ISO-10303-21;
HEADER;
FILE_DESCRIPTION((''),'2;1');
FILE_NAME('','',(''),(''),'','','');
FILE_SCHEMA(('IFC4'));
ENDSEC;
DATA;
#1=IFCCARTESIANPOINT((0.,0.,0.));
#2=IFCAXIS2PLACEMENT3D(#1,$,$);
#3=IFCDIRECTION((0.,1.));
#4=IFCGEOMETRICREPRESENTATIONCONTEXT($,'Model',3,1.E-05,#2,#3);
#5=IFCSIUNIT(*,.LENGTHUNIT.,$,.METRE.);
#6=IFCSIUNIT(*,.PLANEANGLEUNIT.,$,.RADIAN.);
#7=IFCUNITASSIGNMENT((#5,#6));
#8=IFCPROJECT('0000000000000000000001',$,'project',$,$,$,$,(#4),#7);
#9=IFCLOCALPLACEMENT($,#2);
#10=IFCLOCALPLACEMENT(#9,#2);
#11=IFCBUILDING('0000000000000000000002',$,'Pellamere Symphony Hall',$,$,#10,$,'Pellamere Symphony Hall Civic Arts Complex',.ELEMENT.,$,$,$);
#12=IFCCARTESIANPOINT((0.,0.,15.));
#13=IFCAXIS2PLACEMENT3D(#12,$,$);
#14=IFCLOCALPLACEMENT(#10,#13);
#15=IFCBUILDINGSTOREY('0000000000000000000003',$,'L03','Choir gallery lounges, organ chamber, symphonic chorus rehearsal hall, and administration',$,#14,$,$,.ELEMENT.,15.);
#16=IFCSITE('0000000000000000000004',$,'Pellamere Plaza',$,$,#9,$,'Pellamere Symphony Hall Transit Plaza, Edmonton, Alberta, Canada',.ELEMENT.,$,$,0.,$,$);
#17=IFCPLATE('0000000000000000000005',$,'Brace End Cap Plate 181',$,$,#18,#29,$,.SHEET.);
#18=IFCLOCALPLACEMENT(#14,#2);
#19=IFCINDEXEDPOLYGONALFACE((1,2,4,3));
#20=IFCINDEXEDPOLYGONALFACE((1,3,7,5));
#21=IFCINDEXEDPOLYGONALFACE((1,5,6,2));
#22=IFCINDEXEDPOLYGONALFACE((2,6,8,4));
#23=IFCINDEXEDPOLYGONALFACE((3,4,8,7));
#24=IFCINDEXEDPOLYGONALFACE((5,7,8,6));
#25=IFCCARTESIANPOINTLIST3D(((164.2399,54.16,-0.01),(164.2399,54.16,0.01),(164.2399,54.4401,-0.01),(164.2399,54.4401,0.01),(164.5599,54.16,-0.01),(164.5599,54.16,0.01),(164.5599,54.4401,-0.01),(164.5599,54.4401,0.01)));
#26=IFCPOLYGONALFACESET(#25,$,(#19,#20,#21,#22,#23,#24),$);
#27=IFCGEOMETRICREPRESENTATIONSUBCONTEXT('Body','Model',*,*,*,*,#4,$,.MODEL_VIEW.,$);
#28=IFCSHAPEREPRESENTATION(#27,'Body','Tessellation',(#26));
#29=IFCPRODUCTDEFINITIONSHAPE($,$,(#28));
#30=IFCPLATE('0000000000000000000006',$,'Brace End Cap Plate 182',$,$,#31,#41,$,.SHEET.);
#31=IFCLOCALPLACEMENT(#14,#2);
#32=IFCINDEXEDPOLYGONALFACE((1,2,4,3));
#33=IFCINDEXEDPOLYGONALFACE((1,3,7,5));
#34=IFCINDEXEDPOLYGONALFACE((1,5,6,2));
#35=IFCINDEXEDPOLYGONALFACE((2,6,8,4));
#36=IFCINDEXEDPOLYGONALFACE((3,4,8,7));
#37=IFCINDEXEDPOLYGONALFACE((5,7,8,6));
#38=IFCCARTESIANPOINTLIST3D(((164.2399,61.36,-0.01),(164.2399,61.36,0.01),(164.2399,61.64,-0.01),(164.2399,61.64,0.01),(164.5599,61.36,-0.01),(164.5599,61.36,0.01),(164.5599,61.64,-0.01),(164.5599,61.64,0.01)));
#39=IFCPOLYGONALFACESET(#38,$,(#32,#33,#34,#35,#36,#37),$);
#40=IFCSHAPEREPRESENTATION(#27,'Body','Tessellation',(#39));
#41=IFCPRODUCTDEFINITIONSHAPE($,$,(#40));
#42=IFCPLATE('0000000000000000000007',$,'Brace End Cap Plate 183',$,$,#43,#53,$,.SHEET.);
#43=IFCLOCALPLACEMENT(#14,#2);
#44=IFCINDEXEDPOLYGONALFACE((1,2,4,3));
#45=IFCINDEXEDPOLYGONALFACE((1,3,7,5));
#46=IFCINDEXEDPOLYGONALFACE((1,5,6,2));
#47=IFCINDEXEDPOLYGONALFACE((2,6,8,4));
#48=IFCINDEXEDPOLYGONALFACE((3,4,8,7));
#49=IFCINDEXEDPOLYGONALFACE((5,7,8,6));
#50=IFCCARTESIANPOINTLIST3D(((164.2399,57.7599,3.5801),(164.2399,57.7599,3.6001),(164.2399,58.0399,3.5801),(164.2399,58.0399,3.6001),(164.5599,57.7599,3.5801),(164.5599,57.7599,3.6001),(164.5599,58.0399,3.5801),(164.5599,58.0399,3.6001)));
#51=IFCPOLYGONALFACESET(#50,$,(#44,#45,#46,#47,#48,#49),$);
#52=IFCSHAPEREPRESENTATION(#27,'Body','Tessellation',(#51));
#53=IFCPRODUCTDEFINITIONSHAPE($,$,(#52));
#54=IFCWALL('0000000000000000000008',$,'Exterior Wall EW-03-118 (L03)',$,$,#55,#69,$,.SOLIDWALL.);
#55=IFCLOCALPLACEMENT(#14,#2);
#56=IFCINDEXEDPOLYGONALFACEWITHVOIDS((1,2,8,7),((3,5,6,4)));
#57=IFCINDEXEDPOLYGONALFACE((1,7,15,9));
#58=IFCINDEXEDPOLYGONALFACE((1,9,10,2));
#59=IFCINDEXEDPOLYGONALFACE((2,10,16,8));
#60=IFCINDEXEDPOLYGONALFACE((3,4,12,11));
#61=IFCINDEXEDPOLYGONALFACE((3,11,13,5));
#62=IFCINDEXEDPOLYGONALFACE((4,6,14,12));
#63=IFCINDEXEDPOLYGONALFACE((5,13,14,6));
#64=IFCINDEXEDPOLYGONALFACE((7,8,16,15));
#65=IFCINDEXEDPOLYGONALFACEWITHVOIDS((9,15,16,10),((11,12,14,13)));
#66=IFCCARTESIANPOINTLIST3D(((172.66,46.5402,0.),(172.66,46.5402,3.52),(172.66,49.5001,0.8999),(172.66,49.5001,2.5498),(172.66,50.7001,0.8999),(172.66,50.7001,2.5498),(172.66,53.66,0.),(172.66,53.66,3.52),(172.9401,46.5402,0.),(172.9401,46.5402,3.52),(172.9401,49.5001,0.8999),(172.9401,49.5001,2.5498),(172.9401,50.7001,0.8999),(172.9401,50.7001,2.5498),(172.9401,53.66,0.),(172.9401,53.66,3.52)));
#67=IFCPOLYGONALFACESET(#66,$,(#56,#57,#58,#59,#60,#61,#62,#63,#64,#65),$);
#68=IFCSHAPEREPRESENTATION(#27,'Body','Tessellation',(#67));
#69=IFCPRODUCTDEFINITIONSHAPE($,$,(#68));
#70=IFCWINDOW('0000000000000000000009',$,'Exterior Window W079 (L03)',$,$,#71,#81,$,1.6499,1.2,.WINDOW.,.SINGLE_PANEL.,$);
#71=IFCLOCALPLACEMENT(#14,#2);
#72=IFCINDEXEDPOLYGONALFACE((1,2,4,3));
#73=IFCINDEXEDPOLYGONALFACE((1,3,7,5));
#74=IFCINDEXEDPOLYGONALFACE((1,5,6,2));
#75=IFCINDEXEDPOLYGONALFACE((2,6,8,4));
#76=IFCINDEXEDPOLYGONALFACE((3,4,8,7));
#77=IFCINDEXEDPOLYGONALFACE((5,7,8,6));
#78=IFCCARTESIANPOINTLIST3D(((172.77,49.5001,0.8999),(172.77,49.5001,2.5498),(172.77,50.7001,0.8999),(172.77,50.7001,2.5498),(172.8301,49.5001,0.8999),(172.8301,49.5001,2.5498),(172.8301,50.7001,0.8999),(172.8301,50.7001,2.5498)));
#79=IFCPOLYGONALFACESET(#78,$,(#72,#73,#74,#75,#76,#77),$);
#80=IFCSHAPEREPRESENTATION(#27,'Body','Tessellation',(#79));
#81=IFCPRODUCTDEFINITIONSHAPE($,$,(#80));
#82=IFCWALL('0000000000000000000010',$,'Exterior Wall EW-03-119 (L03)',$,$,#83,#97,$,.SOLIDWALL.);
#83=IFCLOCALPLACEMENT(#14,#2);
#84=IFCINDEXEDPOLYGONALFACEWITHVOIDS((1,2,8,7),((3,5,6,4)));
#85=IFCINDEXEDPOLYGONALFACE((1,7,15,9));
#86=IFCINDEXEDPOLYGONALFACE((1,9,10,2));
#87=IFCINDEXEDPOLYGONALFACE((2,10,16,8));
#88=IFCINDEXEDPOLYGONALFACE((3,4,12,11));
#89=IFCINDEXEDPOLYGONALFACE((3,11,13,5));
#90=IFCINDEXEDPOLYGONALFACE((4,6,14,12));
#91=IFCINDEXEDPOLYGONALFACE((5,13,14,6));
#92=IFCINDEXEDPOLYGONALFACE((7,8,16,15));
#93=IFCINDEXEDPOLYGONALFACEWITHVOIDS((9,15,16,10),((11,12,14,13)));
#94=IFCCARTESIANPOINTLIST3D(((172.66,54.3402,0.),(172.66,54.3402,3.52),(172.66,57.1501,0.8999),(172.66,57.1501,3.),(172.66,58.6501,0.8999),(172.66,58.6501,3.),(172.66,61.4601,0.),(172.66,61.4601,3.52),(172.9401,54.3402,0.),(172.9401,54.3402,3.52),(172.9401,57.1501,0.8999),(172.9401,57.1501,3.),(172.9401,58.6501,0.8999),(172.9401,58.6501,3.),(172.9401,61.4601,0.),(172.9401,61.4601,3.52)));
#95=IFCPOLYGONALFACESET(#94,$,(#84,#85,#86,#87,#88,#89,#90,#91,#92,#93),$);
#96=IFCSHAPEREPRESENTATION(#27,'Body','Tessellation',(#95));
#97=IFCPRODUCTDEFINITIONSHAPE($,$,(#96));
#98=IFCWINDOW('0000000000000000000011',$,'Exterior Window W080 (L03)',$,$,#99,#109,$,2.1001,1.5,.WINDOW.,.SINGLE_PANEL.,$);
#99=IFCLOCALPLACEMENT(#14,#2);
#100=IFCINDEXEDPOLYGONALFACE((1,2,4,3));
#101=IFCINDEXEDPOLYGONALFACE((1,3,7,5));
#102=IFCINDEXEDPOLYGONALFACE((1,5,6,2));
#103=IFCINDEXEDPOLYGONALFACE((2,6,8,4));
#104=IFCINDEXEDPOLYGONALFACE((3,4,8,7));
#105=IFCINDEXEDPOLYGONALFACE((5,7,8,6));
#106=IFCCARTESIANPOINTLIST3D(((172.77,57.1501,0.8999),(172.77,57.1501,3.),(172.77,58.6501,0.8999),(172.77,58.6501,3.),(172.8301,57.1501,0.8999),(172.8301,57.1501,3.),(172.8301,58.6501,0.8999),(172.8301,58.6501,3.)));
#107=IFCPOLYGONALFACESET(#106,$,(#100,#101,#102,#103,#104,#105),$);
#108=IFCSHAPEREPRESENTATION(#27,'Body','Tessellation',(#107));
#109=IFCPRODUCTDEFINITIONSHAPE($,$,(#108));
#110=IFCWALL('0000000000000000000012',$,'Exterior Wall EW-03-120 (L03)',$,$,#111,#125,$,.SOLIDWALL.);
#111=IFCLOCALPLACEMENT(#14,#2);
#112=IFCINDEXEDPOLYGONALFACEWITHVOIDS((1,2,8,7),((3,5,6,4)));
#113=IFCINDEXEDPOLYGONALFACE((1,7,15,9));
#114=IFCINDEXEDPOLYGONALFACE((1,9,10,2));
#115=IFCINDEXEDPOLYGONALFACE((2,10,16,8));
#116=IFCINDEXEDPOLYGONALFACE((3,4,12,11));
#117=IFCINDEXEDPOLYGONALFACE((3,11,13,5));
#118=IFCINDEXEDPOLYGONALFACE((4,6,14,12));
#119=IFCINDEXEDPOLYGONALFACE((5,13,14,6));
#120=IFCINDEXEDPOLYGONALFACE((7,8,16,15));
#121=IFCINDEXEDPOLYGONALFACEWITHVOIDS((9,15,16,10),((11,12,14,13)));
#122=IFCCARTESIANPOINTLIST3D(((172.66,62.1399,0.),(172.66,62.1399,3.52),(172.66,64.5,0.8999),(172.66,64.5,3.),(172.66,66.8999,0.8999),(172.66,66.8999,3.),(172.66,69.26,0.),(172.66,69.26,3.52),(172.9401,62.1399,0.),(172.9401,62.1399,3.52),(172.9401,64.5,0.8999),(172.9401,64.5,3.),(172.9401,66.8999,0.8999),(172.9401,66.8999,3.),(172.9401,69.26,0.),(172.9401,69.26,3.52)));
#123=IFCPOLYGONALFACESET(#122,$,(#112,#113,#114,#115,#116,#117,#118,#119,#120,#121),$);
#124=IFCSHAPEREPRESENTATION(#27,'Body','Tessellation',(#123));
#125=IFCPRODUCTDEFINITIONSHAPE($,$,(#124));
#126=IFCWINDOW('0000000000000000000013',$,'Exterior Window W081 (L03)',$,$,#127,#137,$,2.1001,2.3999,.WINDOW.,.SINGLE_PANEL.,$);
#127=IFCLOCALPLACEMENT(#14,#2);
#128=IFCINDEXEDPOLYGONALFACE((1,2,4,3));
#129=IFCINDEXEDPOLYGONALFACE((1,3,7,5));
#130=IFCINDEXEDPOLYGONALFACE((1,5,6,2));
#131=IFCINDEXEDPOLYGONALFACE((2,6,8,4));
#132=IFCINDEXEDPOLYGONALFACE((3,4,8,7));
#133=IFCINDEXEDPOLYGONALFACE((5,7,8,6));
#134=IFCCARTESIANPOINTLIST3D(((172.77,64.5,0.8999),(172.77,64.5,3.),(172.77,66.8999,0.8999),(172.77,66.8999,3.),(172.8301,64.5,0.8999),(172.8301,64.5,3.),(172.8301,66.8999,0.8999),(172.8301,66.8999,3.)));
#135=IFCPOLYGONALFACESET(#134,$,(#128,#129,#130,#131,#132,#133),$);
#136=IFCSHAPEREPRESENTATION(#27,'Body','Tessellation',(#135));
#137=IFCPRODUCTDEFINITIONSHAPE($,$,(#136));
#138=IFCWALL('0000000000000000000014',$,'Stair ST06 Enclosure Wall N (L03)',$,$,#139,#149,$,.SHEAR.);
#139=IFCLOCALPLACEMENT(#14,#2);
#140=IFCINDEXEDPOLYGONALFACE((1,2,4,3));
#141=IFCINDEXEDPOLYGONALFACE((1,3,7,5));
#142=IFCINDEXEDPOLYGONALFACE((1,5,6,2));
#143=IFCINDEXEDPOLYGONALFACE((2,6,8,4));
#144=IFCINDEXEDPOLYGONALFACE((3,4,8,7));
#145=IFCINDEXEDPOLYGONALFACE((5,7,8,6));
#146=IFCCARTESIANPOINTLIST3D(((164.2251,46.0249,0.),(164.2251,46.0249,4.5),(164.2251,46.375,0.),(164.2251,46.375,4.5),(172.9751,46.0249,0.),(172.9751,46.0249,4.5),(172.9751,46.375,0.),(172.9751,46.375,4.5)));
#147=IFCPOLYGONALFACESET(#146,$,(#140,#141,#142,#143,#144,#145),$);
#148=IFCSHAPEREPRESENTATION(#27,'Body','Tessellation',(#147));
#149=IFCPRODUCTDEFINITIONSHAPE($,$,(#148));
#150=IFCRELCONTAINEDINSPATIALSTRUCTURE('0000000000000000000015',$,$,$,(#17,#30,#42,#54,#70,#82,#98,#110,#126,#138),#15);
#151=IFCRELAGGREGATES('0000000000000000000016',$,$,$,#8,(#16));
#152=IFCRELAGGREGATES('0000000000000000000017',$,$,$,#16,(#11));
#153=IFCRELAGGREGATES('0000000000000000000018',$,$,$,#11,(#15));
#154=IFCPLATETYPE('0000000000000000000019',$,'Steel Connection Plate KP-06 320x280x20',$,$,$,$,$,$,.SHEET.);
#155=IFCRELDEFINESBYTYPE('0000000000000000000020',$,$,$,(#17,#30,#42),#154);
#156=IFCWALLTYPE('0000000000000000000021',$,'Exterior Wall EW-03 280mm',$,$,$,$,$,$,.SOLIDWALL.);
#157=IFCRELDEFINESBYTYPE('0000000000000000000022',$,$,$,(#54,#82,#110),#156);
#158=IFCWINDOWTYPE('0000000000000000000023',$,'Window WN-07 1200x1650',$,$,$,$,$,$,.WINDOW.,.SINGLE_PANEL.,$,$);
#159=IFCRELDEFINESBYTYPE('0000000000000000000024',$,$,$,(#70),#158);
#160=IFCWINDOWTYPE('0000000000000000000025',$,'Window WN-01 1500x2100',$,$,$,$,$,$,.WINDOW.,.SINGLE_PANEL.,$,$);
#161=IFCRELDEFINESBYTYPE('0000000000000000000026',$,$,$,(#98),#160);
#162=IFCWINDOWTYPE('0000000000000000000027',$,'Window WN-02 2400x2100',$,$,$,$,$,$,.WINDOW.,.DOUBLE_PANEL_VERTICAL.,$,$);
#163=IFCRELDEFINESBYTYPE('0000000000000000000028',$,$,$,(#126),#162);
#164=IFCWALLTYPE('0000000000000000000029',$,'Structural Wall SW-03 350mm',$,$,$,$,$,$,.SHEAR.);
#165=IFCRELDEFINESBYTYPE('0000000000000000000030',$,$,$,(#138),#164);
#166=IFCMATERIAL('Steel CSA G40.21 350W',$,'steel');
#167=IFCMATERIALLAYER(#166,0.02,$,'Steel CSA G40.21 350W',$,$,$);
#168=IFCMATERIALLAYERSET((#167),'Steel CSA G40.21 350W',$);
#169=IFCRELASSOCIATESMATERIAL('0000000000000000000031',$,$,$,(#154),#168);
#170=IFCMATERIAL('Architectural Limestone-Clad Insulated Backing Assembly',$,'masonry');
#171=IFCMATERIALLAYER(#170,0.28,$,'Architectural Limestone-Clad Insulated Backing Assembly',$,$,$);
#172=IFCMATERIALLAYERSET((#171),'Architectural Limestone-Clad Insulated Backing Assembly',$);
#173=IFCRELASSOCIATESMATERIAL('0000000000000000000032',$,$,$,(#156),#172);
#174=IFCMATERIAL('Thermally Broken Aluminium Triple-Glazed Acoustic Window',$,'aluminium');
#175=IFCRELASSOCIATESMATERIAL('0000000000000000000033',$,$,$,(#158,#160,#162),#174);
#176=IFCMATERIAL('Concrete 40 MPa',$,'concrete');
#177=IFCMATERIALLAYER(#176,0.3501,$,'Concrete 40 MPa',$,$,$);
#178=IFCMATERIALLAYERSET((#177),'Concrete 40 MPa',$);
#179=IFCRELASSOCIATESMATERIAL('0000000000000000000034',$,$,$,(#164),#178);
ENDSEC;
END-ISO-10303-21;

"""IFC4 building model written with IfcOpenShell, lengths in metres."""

from ifc_helpers import new_model, si_unit, direction, frame, frame_2d, origin, origin_2d, place, context, subcontext, project, spatial, rectangle, extrude, material, layer, layer_set, type_object, element, fill, save


model = new_model("IFC4")

# Units and contexts
model_context = context("Model", 3, precision=1e-05, world=origin(), true_north=direction((0.0, 1.0)))
body_context = subcontext(model_context, "Body", "Model", "MODEL_VIEW")
ifc_project = project(units=[si_unit("LENGTHUNIT", "METRE"), si_unit("PLANEANGLEUNIT", "RADIAN")], contexts=[model_context])

# Site, building, storey
site_placement = place(None, origin())
site = spatial("IfcSite", under=ifc_project, at=site_placement, Name="Pellamere Plaza", LongName="Pellamere Symphony Hall Transit Plaza, Edmonton, Alberta, Canada", CompositionType="ELEMENT", RefElevation=0.0)
building_placement = place(site_placement, origin())
building = spatial("IfcBuilding", under=site, at=building_placement, Name="Pellamere Symphony Hall", LongName="Pellamere Symphony Hall Civic Arts Complex", CompositionType="ELEMENT")
storey_placement = place(building_placement, frame((0.0, 0.0, 15.0)))
storey = spatial("IfcBuildingStorey", under=building, at=storey_placement, Name="L03", Description="Choir gallery lounges, organ chamber, symphonic chorus rehearsal hall, and administration", CompositionType="ELEMENT", Elevation=15.0)

# Shared definitions
ifc_material_1 = material(Name="Concrete 40 MPa", Category="concrete")

# Shared definitions
ifc_material_2 = material(Name="Steel CSA G40.21 350W", Category="steel")

# Plates
ifc_layer_1 = layer(ifc_material_2, 0.02, Name="Steel CSA G40.21 350W")
ifc_layer_set_1 = layer_set([ifc_layer_1], Name="Steel CSA G40.21 350W")
plate_type = type_object("IfcPlateType", Name="Steel Connection Plate KP-06 320x280x20", PredefinedType="SHEET", material=ifc_layer_set_1)
for number, where, z_axis, x_axis, name in (
    (1, (164.3999, 54.3, -0.01), (0.0, 0.0, 1.0), (1.0, 0.0, 0.0), "Brace End Cap Plate 181"),
    (2, (164.3999, 61.5, -0.01), (0.0, 0.0, 1.0), (1.0, 0.0, 0.0), "Brace End Cap Plate 182"),
    (3, (164.3999, 57.8999, 3.5801), (0.0, 0.0, 1.0), (1.0, 0.0, 0.0), "Brace End Cap Plate 183"),
):
    element("IfcPlate", number, at=place(storey_placement, frame(where, z_axis=z_axis, x_axis=x_axis)), inside=storey, type_object=plate_type, Name=name, PredefinedType="SHEET", context=body_context, shape_type="SweptSolid", body=[
        extrude(rectangle(XDim=0.3201, YDim=0.28, at=origin_2d()), origin(), (0.0, 0.0, 1.0), 0.02),
    ])

# Walls, openings, windows
ifc_material_3 = material(Name="Architectural Limestone-Clad Insulated Backing Assembly", Category="masonry")
ifc_layer_2 = layer(ifc_material_3, 0.28, Name="Architectural Limestone-Clad Insulated Backing Assembly")
ifc_layer_set_2 = layer_set([ifc_layer_2], Name="Architectural Limestone-Clad Insulated Backing Assembly")
wall_type_1 = type_object("IfcWallType", Name="Exterior Wall EW-03 280mm", PredefinedType="SOLIDWALL", material=ifc_layer_set_2)
wall_1_placement = place(storey_placement, frame((172.8, 46.54, 0.0), z_axis=(0.0, 0.0, 1.0), x_axis=(0.0, 1.0, 0.0)))
wall_1 = element("IfcWall", 4, at=wall_1_placement, inside=storey, type_object=wall_type_1, Name="Exterior Wall EW-03-118 (L03)", PredefinedType="SOLIDWALL", context=body_context, shape_type="SweptSolid", body=[
    extrude(rectangle(XDim=7.1199, YDim=0.28, at=frame_2d((3.5601, 0.0))), origin(), (0.0, 0.0, 1.0), 3.52),
])
opening_1_placement = place(wall_1_placement, frame((2.96, 0.0, 0.8999)))
opening_1 = element("IfcOpeningElement", 5, at=opening_1_placement, cuts=wall_1, PredefinedType="OPENING", context=body_context, shape_type="SweptSolid", body=[
    extrude(rectangle(XDim=1.2, YDim=1.6499, at=frame_2d((0.6001, 0.825))), frame((0.0, 0.1499, 0.0), z_axis=(0.0, -1.0, 0.0), x_axis=(1.0, 0.0, 0.0)), (0.0, 0.0, 1.0), 0.3),
])
ifc_material_4 = material(Name="Thermally Broken Aluminium Triple-Glazed Acoustic Window", Category="aluminium")
window_type_1 = type_object("IfcWindowType", Name="Window WN-07 1200x1650", PartitioningType="SINGLE_PANEL", PredefinedType="WINDOW", material=ifc_material_4)
window_1_placement = place(opening_1_placement, origin())
window_1 = element("IfcWindow", 6, at=window_1_placement, inside=storey, type_object=window_type_1, Name="Exterior Window W079 (L03)", OverallHeight=1.6499, OverallWidth=1.2, PartitioningType="SINGLE_PANEL", PredefinedType="WINDOW", context=body_context, shape_type="SweptSolid", body=[
    extrude(rectangle(XDim=1.2, YDim=1.6499, at=frame_2d((0.6001, 0.825))), frame((0.0, 0.03, 0.0), z_axis=(0.0, -1.0, 0.0), x_axis=(1.0, 0.0, 0.0)), (0.0, 0.0, 1.0), 0.0601),
])
fill(opening_1, window_1)
wall_2_placement = place(storey_placement, frame((172.8, 54.3401, 0.0), z_axis=(0.0, 0.0, 1.0), x_axis=(0.0, 1.0, 0.0)))
wall_2 = element("IfcWall", 7, at=wall_2_placement, inside=storey, type_object=wall_type_1, Name="Exterior Wall EW-03-119 (L03)", PredefinedType="SOLIDWALL", context=body_context, shape_type="SweptSolid", body=[
    extrude(rectangle(XDim=7.1199, YDim=0.28, at=frame_2d((3.5601, 0.0))), origin(), (0.0, 0.0, 1.0), 3.52),
])
opening_2_placement = place(wall_2_placement, frame((2.8101, 0.0, 0.8999)))
opening_2 = element("IfcOpeningElement", 8, at=opening_2_placement, cuts=wall_2, PredefinedType="OPENING", context=body_context, shape_type="SweptSolid", body=[
    extrude(rectangle(XDim=1.5, YDim=2.1001, at=frame_2d((0.75, 1.05))), frame((0.0, 0.1499, 0.0), z_axis=(0.0, -1.0, 0.0), x_axis=(1.0, 0.0, 0.0)), (0.0, 0.0, 1.0), 0.3),
])
window_type_2 = type_object("IfcWindowType", Name="Window WN-01 1500x2100", PartitioningType="SINGLE_PANEL", PredefinedType="WINDOW", material=ifc_material_4)
window_2_placement = place(opening_2_placement, origin())
window_2 = element("IfcWindow", 9, at=window_2_placement, inside=storey, type_object=window_type_2, Name="Exterior Window W080 (L03)", OverallHeight=2.1001, OverallWidth=1.5, PartitioningType="SINGLE_PANEL", PredefinedType="WINDOW", context=body_context, shape_type="SweptSolid", body=[
    extrude(rectangle(XDim=1.5, YDim=2.1001, at=frame_2d((0.75, 1.05))), frame((0.0, 0.03, 0.0), z_axis=(0.0, -1.0, 0.0), x_axis=(1.0, 0.0, 0.0)), (0.0, 0.0, 1.0), 0.0601),
])
fill(opening_2, window_2)
wall_3_placement = place(storey_placement, frame((172.8, 62.1399, 0.0), z_axis=(0.0, 0.0, 1.0), x_axis=(0.0, 1.0, 0.0)))
wall_3 = element("IfcWall", 10, at=wall_3_placement, inside=storey, type_object=wall_type_1, Name="Exterior Wall EW-03-120 (L03)", PredefinedType="SOLIDWALL", context=body_context, shape_type="SweptSolid", body=[
    extrude(rectangle(XDim=7.1201, YDim=0.28, at=frame_2d((3.5601, 0.0))), origin(), (0.0, 0.0, 1.0), 3.52),
])
opening_3_placement = place(wall_3_placement, frame((2.3601, 0.0, 0.8999)))
opening_3 = element("IfcOpeningElement", 11, at=opening_3_placement, cuts=wall_3, PredefinedType="OPENING", context=body_context, shape_type="SweptSolid", body=[
    extrude(rectangle(XDim=2.3999, YDim=2.1001, at=frame_2d((1.2, 1.05))), frame((0.0, 0.1499, 0.0), z_axis=(0.0, -1.0, 0.0), x_axis=(1.0, 0.0, 0.0)), (0.0, 0.0, 1.0), 0.3),
])
window_type_3 = type_object("IfcWindowType", Name="Window WN-02 2400x2100", PartitioningType="DOUBLE_PANEL_VERTICAL", PredefinedType="WINDOW", material=ifc_material_4)
window_3_placement = place(opening_3_placement, origin())
window_3 = element("IfcWindow", 12, at=window_3_placement, inside=storey, type_object=window_type_3, Name="Exterior Window W081 (L03)", OverallHeight=2.1001, OverallWidth=2.3999, PartitioningType="SINGLE_PANEL", PredefinedType="WINDOW", context=body_context, shape_type="SweptSolid", body=[
    extrude(rectangle(XDim=2.3999, YDim=2.1001, at=frame_2d((1.2, 1.05))), frame((0.0, 0.03, 0.0), z_axis=(0.0, -1.0, 0.0), x_axis=(1.0, 0.0, 0.0)), (0.0, 0.0, 1.0), 0.0601),
])
fill(opening_3, window_3)

# Wall
ifc_layer_3 = layer(ifc_material_1, 0.3501, Name="Concrete 40 MPa")
ifc_layer_set_3 = layer_set([ifc_layer_3], Name="Concrete 40 MPa")
wall_type_2 = type_object("IfcWallType", Name="Structural Wall SW-03 350mm", PredefinedType="SHEAR", material=ifc_layer_set_3)
wall_4_placement = place(storey_placement, frame((164.2251, 46.2, 0.0), z_axis=(0.0, 0.0, 1.0), x_axis=(1.0, 0.0, 0.0)))
element("IfcWall", 13, at=wall_4_placement, inside=storey, type_object=wall_type_2, Name="Stair ST06 Enclosure Wall N (L03)", PredefinedType="SHEAR", context=body_context, shape_type="SweptSolid", body=[
    extrude(rectangle(XDim=8.75, YDim=0.3501, at=frame_2d((4.375, 0.0))), origin(), (0.0, 0.0, 1.0), 4.5),
])

save(model, "model.ifc")
